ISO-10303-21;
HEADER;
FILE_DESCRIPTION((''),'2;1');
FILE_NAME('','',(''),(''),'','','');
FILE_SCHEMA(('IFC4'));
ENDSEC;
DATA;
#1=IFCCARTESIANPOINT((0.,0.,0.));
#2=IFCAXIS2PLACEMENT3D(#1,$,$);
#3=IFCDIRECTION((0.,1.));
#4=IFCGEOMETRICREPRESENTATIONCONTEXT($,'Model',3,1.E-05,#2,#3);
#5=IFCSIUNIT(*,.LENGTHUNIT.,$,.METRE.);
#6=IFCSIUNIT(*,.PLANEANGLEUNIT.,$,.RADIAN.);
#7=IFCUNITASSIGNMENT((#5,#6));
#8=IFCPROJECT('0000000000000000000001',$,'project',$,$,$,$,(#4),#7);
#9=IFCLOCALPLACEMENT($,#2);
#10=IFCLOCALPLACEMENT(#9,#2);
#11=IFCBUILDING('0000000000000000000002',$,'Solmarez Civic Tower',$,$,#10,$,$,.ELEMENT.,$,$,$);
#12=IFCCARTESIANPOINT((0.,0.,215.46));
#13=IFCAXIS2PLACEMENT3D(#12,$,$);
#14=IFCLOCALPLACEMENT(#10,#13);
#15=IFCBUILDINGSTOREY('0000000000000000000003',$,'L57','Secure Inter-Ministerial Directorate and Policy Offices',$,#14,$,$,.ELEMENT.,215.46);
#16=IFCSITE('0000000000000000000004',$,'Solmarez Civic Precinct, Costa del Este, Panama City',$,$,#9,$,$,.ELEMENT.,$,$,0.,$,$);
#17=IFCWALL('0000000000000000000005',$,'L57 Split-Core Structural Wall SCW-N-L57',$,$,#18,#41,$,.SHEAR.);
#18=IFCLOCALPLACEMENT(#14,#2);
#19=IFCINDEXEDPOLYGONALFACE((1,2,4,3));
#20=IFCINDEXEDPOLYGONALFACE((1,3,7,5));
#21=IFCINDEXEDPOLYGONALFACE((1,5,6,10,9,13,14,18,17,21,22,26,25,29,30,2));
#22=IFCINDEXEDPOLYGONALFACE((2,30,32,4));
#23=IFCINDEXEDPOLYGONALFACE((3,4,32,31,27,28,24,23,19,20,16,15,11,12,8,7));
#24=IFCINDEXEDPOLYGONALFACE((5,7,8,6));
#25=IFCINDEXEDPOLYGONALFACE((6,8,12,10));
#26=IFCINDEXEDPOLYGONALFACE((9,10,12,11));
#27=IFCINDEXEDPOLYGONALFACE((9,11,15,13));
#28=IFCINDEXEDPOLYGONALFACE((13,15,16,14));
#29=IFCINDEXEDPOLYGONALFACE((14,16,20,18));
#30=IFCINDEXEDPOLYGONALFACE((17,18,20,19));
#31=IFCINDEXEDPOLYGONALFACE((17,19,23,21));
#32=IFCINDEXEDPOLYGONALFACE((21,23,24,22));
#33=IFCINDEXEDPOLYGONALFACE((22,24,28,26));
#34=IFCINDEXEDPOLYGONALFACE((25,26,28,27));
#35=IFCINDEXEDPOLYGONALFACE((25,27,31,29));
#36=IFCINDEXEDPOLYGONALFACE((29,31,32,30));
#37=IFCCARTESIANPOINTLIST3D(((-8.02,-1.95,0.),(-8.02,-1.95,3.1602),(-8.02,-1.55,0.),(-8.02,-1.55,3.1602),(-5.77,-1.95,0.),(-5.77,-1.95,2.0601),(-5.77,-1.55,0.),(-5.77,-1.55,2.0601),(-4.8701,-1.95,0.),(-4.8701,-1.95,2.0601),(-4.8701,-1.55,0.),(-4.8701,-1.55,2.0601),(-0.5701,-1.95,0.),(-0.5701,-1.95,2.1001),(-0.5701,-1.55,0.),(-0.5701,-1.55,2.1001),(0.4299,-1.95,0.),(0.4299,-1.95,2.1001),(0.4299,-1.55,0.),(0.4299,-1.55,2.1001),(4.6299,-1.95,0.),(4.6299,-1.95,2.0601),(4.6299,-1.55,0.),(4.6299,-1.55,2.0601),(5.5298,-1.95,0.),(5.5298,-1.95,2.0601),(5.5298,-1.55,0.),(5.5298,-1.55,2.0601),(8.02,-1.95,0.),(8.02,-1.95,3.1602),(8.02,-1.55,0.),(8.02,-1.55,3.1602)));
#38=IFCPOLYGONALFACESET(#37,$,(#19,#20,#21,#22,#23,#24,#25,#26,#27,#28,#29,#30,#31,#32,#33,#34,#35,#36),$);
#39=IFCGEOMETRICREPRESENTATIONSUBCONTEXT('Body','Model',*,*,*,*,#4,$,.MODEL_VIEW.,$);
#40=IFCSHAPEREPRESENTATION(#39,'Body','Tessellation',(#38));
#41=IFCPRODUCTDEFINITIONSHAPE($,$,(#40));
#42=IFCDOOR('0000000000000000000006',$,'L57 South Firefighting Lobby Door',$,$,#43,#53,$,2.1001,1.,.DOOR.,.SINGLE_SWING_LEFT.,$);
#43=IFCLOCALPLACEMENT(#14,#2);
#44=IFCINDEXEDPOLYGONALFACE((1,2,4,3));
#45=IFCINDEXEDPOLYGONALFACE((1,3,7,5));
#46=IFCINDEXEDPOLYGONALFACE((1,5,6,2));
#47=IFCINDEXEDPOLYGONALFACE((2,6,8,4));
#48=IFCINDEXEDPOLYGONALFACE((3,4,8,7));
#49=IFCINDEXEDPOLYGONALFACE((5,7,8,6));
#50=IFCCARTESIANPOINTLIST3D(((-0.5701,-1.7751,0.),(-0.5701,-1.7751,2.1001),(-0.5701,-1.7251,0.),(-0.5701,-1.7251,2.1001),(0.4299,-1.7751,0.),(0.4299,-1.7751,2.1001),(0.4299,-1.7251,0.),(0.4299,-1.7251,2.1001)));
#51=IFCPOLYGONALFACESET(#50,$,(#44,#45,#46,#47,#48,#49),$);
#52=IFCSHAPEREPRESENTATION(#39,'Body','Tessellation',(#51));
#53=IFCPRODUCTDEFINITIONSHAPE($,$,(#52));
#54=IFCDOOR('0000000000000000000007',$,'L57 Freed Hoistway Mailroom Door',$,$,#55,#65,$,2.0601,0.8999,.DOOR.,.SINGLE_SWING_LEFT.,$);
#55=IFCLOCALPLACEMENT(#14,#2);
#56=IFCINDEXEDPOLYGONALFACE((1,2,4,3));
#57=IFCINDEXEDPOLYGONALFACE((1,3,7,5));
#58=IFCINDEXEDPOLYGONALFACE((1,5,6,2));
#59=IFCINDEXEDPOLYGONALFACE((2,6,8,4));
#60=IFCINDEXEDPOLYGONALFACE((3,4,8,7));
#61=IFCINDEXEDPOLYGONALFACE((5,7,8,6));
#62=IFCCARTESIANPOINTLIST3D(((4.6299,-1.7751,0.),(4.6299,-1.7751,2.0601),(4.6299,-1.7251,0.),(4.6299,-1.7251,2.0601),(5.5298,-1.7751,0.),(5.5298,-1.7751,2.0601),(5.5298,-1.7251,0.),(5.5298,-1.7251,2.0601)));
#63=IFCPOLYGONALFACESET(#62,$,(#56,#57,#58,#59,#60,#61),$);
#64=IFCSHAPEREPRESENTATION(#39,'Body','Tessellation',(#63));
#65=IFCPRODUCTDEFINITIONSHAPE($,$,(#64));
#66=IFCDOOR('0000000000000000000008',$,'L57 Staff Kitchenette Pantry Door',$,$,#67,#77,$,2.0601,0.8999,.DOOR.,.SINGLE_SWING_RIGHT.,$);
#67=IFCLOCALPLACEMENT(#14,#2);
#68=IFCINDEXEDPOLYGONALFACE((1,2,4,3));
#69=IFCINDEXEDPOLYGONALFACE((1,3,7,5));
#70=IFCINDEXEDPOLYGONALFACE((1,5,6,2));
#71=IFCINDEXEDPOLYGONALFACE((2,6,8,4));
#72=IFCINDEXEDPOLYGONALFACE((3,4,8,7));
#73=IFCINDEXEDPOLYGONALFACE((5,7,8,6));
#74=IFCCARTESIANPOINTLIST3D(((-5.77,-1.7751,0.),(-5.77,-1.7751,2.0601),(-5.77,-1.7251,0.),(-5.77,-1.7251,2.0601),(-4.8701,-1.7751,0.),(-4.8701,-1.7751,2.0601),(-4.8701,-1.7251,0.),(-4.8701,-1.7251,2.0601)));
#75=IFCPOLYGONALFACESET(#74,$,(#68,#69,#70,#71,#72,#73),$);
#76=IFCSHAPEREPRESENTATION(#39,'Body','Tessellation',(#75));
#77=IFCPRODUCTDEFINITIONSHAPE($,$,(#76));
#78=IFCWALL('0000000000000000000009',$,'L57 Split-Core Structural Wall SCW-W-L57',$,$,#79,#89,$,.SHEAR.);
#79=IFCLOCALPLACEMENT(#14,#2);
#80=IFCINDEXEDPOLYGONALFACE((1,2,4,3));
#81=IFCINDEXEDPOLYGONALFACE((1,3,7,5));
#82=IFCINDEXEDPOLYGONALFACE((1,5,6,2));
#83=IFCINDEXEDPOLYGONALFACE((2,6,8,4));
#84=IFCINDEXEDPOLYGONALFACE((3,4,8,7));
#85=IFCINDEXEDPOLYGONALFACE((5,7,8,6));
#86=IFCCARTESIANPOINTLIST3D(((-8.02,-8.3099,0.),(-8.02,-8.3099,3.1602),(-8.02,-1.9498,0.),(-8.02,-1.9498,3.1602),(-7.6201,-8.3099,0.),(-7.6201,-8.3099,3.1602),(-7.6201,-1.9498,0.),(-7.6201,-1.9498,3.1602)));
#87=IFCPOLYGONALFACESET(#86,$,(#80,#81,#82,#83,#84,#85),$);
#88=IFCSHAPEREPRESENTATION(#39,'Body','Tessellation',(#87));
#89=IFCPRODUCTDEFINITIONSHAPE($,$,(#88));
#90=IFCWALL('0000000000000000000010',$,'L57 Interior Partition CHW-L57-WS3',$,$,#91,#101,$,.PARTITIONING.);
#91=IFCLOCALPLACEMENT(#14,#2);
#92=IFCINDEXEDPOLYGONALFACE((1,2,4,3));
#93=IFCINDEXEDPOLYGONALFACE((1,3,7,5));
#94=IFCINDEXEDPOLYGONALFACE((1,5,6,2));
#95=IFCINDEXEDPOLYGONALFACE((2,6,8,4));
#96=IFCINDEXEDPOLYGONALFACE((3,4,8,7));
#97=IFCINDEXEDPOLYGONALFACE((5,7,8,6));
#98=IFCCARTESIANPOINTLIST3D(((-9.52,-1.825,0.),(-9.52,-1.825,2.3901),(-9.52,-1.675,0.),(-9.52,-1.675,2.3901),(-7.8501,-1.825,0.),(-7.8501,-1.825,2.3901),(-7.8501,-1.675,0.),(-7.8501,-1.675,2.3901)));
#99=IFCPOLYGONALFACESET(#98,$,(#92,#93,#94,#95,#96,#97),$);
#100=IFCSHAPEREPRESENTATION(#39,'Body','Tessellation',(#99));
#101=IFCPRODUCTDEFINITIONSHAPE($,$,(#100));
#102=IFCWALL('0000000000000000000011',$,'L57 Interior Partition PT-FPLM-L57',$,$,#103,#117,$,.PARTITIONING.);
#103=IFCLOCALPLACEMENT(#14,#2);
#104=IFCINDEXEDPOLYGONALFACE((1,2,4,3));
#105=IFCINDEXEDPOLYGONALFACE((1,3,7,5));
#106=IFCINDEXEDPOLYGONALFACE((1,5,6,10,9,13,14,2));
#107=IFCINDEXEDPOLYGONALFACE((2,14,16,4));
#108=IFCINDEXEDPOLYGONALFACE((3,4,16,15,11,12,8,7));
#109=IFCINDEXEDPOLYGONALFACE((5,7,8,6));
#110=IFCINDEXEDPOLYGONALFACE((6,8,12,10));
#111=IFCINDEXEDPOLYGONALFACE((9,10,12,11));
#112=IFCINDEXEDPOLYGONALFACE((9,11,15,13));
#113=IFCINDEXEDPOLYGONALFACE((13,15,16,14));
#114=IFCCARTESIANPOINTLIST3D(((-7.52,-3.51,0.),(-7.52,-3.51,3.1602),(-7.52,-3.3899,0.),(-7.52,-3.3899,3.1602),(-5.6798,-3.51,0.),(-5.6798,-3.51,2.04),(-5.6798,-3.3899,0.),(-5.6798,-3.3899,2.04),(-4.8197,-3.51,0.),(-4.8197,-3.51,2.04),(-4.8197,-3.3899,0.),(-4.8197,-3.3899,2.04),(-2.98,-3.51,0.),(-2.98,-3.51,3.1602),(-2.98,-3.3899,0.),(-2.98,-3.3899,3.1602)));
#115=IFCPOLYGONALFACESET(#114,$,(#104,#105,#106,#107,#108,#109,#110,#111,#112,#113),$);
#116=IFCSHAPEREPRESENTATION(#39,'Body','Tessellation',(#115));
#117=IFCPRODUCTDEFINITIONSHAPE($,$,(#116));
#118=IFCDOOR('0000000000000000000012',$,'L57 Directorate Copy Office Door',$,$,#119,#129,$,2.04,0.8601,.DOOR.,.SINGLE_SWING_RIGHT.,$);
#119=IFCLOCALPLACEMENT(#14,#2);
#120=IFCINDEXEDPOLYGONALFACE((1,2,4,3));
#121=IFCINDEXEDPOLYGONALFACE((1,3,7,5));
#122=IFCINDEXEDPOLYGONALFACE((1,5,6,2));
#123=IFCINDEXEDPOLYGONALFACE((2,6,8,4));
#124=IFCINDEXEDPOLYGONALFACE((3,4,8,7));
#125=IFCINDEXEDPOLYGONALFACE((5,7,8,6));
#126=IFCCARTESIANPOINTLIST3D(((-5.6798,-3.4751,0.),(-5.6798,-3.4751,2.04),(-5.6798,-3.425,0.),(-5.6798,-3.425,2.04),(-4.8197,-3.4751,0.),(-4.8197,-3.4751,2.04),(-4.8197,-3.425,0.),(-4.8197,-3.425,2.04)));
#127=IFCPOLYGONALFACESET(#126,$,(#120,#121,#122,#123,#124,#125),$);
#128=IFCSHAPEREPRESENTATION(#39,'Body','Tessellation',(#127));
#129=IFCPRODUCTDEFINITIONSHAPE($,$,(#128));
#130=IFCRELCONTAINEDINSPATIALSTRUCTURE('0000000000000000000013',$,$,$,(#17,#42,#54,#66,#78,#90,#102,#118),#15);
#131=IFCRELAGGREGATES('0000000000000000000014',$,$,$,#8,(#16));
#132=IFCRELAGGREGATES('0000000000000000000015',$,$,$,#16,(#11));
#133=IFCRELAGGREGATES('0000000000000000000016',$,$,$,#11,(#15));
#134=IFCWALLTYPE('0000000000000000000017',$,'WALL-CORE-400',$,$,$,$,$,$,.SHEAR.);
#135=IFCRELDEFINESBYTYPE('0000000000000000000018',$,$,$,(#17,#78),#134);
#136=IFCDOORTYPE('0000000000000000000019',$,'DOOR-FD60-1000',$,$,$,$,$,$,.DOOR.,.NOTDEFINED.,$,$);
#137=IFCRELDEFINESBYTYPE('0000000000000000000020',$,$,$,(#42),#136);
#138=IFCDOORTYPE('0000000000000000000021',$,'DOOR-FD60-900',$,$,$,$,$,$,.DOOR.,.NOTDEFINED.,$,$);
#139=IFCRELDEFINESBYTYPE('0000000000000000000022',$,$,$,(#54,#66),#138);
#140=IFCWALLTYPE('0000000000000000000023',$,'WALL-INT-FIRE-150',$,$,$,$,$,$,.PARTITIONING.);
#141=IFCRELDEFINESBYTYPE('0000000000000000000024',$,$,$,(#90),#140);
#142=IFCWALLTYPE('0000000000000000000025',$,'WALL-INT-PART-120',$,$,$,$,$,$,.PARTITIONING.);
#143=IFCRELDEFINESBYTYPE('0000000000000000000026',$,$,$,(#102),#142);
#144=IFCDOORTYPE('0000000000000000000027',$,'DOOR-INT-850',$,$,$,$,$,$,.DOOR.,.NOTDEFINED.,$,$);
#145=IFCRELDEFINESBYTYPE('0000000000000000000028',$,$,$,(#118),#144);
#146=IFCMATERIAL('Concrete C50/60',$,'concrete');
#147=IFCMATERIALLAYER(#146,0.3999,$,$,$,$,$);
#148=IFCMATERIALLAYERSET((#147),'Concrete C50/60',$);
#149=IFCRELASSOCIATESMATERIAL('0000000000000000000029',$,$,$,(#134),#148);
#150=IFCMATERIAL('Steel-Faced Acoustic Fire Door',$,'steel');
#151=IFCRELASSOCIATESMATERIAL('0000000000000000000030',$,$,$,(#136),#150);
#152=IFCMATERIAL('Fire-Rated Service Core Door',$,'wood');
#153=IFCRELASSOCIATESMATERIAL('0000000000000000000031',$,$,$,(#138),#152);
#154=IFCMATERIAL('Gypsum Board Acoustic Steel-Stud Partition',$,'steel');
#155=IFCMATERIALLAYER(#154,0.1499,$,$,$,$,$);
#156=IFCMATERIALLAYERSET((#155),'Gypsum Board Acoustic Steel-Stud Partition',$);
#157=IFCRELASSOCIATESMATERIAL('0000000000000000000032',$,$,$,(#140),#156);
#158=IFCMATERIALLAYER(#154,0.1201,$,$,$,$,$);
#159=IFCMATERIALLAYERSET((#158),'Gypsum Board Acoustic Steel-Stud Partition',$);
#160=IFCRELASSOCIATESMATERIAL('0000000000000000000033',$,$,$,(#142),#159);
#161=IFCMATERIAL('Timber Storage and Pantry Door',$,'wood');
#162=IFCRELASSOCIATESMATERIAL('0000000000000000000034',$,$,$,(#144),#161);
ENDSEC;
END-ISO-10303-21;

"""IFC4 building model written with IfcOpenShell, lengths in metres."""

from ifc_helpers import new_model, si_unit, direction, frame, frame_2d, origin, place, context, subcontext, project, spatial, rectangle, extrude, material, layer, layer_set, type_object, element, fill, save


model = new_model("IFC4")

# Units and contexts
model_context = context("Model", 3, precision=1e-05, world=origin(), true_north=direction((0.0, 1.0)))
body_context = subcontext(model_context, "Body", "Model", "MODEL_VIEW")
ifc_project = project(units=[si_unit("LENGTHUNIT", "METRE"), si_unit("PLANEANGLEUNIT", "RADIAN")], contexts=[model_context])

# Site, building, storey
site_placement = place(None, origin())
site = spatial("IfcSite", under=ifc_project, at=site_placement, Name="Solmarez Civic Precinct, Costa del Este, Panama City", CompositionType="ELEMENT", RefElevation=0.0)
building_placement = place(site_placement, origin())
building = spatial("IfcBuilding", under=site, at=building_placement, Name="Solmarez Civic Tower", CompositionType="ELEMENT")
storey_placement = place(building_placement, frame((0.0, 0.0, 215.46)))
storey = spatial("IfcBuildingStorey", under=building, at=storey_placement, Name="L57", Description="Secure Inter-Ministerial Directorate and Policy Offices", CompositionType="ELEMENT", Elevation=215.46)

# Shared definitions
ifc_material_1 = material(Name="Concrete C50/60", Category="concrete")

# Wall, openings, doors
ifc_layer_1 = layer(ifc_material_1, 0.3999)
ifc_layer_set_1 = layer_set([ifc_layer_1], Name="Concrete C50/60")
wall_type_1 = type_object("IfcWallType", Name="WALL-CORE-400", PredefinedType="SHEAR", material=ifc_layer_set_1)
wall_1_placement = place(storey_placement, frame((-8.02, -1.75, 0.0), z_axis=(0.0, 0.0, 1.0), x_axis=(1.0, 0.0, 0.0)))
wall_1 = element("IfcWall", 1, at=wall_1_placement, inside=storey, type_object=wall_type_1, Name="L57 Split-Core Structural Wall SCW-N-L57", PredefinedType="SHEAR", context=body_context, shape_type="SweptSolid", body=[
    extrude(rectangle(XDim=16.04, YDim=0.3999, at=frame_2d((8.02, 0.0))), origin(), (0.0, 0.0, 1.0), 3.1602),
])
opening_1_placement = place(wall_1_placement, frame((7.45, 0.0, 0.0)))
opening_1 = element("IfcOpeningElement", 2, at=opening_1_placement, cuts=wall_1, PredefinedType="OPENING", context=body_context, shape_type="SweptSolid", body=[
    extrude(rectangle(XDim=1.0, YDim=2.1001, at=frame_2d((0.5, 1.05))), frame((0.0, 0.21, 0.0), z_axis=(0.0, -1.0, 0.0), x_axis=(1.0, 0.0, 0.0)), (0.0, 0.0, 1.0), 0.4199),
])
opening_2_placement = place(wall_1_placement, frame((12.6499, 0.0, 0.0)))
opening_2 = element("IfcOpeningElement", 3, at=opening_2_placement, cuts=wall_1, PredefinedType="OPENING", context=body_context, shape_type="SweptSolid", body=[
    extrude(rectangle(XDim=0.8999, YDim=2.0601, at=frame_2d((0.45, 1.03))), frame((0.0, 0.21, 0.0), z_axis=(0.0, -1.0, 0.0), x_axis=(1.0, 0.0, 0.0)), (0.0, 0.0, 1.0), 0.4199),
])
opening_3_placement = place(wall_1_placement, frame((2.25, 0.0, 0.0)))
opening_3 = element("IfcOpeningElement", 4, at=opening_3_placement, cuts=wall_1, PredefinedType="OPENING", context=body_context, shape_type="SweptSolid", body=[
    extrude(rectangle(XDim=0.8999, YDim=2.0601, at=frame_2d((0.45, 1.03))), frame((0.0, 0.21, 0.0), z_axis=(0.0, -1.0, 0.0), x_axis=(1.0, 0.0, 0.0)), (0.0, 0.0, 1.0), 0.4199),
])
ifc_material_2 = material(Name="Steel-Faced Acoustic Fire Door", Category="steel")
door_type_1 = type_object("IfcDoorType", Name="DOOR-FD60-1000", OperationType="NOTDEFINED", PredefinedType="DOOR", material=ifc_material_2)
door_1_placement = place(opening_1_placement, origin())
door_1 = element("IfcDoor", 5, at=door_1_placement, inside=storey, type_object=door_type_1, Name="L57 South Firefighting Lobby Door", OperationType="SINGLE_SWING_LEFT", OverallHeight=2.1001, OverallWidth=1.0, PredefinedType="DOOR", context=body_context, shape_type="SweptSolid", body=[
    extrude(rectangle(XDim=1.0, YDim=2.1001, at=frame_2d((0.5, 1.05))), frame((0.0, 0.0249, 0.0), z_axis=(0.0, -1.0, 0.0), x_axis=(1.0, 0.0, 0.0)), (0.0, 0.0, 1.0), 0.05),
])
fill(opening_1, door_1)
ifc_material_3 = material(Name="Fire-Rated Service Core Door", Category="wood")
door_type_2 = type_object("IfcDoorType", Name="DOOR-FD60-900", OperationType="NOTDEFINED", PredefinedType="DOOR", material=ifc_material_3)
door_2_placement = place(opening_2_placement, origin())
door_2 = element("IfcDoor", 6, at=door_2_placement, inside=storey, type_object=door_type_2, Name="L57 Freed Hoistway Mailroom Door", OperationType="SINGLE_SWING_LEFT", OverallHeight=2.0601, OverallWidth=0.8999, PredefinedType="DOOR", context=body_context, shape_type="SweptSolid", body=[
    extrude(rectangle(XDim=0.8999, YDim=2.0601, at=frame_2d((0.45, 1.03))), frame((0.0, 0.0249, 0.0), z_axis=(0.0, -1.0, 0.0), x_axis=(1.0, 0.0, 0.0)), (0.0, 0.0, 1.0), 0.05),
])
fill(opening_2, door_2)
door_3_placement = place(opening_3_placement, origin())
door_3 = element("IfcDoor", 7, at=door_3_placement, inside=storey, type_object=door_type_2, Name="L57 Staff Kitchenette Pantry Door", OperationType="SINGLE_SWING_RIGHT", OverallHeight=2.0601, OverallWidth=0.8999, PredefinedType="DOOR", context=body_context, shape_type="SweptSolid", body=[
    extrude(rectangle(XDim=0.8999, YDim=2.0601, at=frame_2d((0.45, 1.03))), frame((0.0, 0.0249, 0.0), z_axis=(0.0, -1.0, 0.0), x_axis=(1.0, 0.0, 0.0)), (0.0, 0.0, 1.0), 0.05),
])
fill(opening_3, door_3)

# Walls
wall_2_placement = place(storey_placement, frame((-7.8201, -8.3101, 0.0), z_axis=(0.0, 0.0, 1.0), x_axis=(0.0, 1.0, 0.0)))
element("IfcWall", 8, at=wall_2_placement, inside=storey, type_object=wall_type_1, Name="L57 Split-Core Structural Wall SCW-W-L57", PredefinedType="SHEAR", context=body_context, shape_type="SweptSolid", body=[
    extrude(rectangle(XDim=6.3601, YDim=0.3999, at=frame_2d((3.1802, 0.0))), origin(), (0.0, 0.0, 1.0), 3.1602),
])
ifc_material_4 = material(Name="Gypsum Board Acoustic Steel-Stud Partition", Category="steel")
ifc_layer_2 = layer(ifc_material_4, 0.1499)
ifc_layer_set_2 = layer_set([ifc_layer_2], Name="Gypsum Board Acoustic Steel-Stud Partition")
wall_type_2 = type_object("IfcWallType", Name="WALL-INT-FIRE-150", PredefinedType="PARTITIONING", material=ifc_layer_set_2)
wall_3_placement = place(storey_placement, frame((-7.8501, -1.75, 0.0), z_axis=(0.0, 0.0, 1.0), x_axis=(-1.0, 0.0, 0.0)))
element("IfcWall", 9, at=wall_3_placement, inside=storey, type_object=wall_type_2, Name="L57 Interior Partition CHW-L57-WS3", PredefinedType="PARTITIONING", context=body_context, shape_type="SweptSolid", body=[
    extrude(rectangle(XDim=1.6699, YDim=0.1499, at=frame_2d((0.835, 0.0))), origin(), (0.0, 0.0, 1.0), 2.3901),
])

# Wall, opening, door
ifc_layer_3 = layer(ifc_material_4, 0.1201)
ifc_layer_set_3 = layer_set([ifc_layer_3], Name="Gypsum Board Acoustic Steel-Stud Partition")
wall_type_3 = type_object("IfcWallType", Name="WALL-INT-PART-120", PredefinedType="PARTITIONING", material=ifc_layer_set_3)
wall_4_placement = place(storey_placement, frame((-7.52, -3.45, 0.0), z_axis=(0.0, 0.0, 1.0), x_axis=(1.0, 0.0, 0.0)))
wall_4 = element("IfcWall", 10, at=wall_4_placement, inside=storey, type_object=wall_type_3, Name="L57 Interior Partition PT-FPLM-L57", PredefinedType="PARTITIONING", context=body_context, shape_type="SweptSolid", body=[
    extrude(rectangle(XDim=4.54, YDim=0.1201, at=frame_2d((2.27, 0.0))), origin(), (0.0, 0.0, 1.0), 3.1602),
])
opening_4_placement = place(wall_4_placement, frame((1.8401, 0.0, 0.0)))
opening_4 = element("IfcOpeningElement", 11, at=opening_4_placement, cuts=wall_4, PredefinedType="OPENING", context=body_context, shape_type="SweptSolid", body=[
    extrude(rectangle(XDim=0.8601, YDim=2.04, at=frame_2d((0.4302, 1.02))), frame((0.0, 0.0701, 0.0), z_axis=(0.0, -1.0, 0.0), x_axis=(1.0, 0.0, 0.0)), (0.0, 0.0, 1.0), 0.1401),
])
ifc_material_5 = material(Name="Timber Storage and Pantry Door", Category="wood")
door_type_3 = type_object("IfcDoorType", Name="DOOR-INT-850", OperationType="NOTDEFINED", PredefinedType="DOOR", material=ifc_material_5)
door_4_placement = place(opening_4_placement, origin())
door_4 = element("IfcDoor", 12, at=door_4_placement, inside=storey, type_object=door_type_3, Name="L57 Directorate Copy Office Door", OperationType="SINGLE_SWING_RIGHT", OverallHeight=2.04, OverallWidth=0.8601, PredefinedType="DOOR", context=body_context, shape_type="SweptSolid", body=[
    extrude(rectangle(XDim=0.8601, YDim=2.04, at=frame_2d((0.4302, 1.02))), frame((0.0, 0.0249, 0.0), z_axis=(0.0, -1.0, 0.0), x_axis=(1.0, 0.0, 0.0)), (0.0, 0.0, 1.0), 0.05),
])
fill(opening_4, door_4)

save(model, "model.ifc")
